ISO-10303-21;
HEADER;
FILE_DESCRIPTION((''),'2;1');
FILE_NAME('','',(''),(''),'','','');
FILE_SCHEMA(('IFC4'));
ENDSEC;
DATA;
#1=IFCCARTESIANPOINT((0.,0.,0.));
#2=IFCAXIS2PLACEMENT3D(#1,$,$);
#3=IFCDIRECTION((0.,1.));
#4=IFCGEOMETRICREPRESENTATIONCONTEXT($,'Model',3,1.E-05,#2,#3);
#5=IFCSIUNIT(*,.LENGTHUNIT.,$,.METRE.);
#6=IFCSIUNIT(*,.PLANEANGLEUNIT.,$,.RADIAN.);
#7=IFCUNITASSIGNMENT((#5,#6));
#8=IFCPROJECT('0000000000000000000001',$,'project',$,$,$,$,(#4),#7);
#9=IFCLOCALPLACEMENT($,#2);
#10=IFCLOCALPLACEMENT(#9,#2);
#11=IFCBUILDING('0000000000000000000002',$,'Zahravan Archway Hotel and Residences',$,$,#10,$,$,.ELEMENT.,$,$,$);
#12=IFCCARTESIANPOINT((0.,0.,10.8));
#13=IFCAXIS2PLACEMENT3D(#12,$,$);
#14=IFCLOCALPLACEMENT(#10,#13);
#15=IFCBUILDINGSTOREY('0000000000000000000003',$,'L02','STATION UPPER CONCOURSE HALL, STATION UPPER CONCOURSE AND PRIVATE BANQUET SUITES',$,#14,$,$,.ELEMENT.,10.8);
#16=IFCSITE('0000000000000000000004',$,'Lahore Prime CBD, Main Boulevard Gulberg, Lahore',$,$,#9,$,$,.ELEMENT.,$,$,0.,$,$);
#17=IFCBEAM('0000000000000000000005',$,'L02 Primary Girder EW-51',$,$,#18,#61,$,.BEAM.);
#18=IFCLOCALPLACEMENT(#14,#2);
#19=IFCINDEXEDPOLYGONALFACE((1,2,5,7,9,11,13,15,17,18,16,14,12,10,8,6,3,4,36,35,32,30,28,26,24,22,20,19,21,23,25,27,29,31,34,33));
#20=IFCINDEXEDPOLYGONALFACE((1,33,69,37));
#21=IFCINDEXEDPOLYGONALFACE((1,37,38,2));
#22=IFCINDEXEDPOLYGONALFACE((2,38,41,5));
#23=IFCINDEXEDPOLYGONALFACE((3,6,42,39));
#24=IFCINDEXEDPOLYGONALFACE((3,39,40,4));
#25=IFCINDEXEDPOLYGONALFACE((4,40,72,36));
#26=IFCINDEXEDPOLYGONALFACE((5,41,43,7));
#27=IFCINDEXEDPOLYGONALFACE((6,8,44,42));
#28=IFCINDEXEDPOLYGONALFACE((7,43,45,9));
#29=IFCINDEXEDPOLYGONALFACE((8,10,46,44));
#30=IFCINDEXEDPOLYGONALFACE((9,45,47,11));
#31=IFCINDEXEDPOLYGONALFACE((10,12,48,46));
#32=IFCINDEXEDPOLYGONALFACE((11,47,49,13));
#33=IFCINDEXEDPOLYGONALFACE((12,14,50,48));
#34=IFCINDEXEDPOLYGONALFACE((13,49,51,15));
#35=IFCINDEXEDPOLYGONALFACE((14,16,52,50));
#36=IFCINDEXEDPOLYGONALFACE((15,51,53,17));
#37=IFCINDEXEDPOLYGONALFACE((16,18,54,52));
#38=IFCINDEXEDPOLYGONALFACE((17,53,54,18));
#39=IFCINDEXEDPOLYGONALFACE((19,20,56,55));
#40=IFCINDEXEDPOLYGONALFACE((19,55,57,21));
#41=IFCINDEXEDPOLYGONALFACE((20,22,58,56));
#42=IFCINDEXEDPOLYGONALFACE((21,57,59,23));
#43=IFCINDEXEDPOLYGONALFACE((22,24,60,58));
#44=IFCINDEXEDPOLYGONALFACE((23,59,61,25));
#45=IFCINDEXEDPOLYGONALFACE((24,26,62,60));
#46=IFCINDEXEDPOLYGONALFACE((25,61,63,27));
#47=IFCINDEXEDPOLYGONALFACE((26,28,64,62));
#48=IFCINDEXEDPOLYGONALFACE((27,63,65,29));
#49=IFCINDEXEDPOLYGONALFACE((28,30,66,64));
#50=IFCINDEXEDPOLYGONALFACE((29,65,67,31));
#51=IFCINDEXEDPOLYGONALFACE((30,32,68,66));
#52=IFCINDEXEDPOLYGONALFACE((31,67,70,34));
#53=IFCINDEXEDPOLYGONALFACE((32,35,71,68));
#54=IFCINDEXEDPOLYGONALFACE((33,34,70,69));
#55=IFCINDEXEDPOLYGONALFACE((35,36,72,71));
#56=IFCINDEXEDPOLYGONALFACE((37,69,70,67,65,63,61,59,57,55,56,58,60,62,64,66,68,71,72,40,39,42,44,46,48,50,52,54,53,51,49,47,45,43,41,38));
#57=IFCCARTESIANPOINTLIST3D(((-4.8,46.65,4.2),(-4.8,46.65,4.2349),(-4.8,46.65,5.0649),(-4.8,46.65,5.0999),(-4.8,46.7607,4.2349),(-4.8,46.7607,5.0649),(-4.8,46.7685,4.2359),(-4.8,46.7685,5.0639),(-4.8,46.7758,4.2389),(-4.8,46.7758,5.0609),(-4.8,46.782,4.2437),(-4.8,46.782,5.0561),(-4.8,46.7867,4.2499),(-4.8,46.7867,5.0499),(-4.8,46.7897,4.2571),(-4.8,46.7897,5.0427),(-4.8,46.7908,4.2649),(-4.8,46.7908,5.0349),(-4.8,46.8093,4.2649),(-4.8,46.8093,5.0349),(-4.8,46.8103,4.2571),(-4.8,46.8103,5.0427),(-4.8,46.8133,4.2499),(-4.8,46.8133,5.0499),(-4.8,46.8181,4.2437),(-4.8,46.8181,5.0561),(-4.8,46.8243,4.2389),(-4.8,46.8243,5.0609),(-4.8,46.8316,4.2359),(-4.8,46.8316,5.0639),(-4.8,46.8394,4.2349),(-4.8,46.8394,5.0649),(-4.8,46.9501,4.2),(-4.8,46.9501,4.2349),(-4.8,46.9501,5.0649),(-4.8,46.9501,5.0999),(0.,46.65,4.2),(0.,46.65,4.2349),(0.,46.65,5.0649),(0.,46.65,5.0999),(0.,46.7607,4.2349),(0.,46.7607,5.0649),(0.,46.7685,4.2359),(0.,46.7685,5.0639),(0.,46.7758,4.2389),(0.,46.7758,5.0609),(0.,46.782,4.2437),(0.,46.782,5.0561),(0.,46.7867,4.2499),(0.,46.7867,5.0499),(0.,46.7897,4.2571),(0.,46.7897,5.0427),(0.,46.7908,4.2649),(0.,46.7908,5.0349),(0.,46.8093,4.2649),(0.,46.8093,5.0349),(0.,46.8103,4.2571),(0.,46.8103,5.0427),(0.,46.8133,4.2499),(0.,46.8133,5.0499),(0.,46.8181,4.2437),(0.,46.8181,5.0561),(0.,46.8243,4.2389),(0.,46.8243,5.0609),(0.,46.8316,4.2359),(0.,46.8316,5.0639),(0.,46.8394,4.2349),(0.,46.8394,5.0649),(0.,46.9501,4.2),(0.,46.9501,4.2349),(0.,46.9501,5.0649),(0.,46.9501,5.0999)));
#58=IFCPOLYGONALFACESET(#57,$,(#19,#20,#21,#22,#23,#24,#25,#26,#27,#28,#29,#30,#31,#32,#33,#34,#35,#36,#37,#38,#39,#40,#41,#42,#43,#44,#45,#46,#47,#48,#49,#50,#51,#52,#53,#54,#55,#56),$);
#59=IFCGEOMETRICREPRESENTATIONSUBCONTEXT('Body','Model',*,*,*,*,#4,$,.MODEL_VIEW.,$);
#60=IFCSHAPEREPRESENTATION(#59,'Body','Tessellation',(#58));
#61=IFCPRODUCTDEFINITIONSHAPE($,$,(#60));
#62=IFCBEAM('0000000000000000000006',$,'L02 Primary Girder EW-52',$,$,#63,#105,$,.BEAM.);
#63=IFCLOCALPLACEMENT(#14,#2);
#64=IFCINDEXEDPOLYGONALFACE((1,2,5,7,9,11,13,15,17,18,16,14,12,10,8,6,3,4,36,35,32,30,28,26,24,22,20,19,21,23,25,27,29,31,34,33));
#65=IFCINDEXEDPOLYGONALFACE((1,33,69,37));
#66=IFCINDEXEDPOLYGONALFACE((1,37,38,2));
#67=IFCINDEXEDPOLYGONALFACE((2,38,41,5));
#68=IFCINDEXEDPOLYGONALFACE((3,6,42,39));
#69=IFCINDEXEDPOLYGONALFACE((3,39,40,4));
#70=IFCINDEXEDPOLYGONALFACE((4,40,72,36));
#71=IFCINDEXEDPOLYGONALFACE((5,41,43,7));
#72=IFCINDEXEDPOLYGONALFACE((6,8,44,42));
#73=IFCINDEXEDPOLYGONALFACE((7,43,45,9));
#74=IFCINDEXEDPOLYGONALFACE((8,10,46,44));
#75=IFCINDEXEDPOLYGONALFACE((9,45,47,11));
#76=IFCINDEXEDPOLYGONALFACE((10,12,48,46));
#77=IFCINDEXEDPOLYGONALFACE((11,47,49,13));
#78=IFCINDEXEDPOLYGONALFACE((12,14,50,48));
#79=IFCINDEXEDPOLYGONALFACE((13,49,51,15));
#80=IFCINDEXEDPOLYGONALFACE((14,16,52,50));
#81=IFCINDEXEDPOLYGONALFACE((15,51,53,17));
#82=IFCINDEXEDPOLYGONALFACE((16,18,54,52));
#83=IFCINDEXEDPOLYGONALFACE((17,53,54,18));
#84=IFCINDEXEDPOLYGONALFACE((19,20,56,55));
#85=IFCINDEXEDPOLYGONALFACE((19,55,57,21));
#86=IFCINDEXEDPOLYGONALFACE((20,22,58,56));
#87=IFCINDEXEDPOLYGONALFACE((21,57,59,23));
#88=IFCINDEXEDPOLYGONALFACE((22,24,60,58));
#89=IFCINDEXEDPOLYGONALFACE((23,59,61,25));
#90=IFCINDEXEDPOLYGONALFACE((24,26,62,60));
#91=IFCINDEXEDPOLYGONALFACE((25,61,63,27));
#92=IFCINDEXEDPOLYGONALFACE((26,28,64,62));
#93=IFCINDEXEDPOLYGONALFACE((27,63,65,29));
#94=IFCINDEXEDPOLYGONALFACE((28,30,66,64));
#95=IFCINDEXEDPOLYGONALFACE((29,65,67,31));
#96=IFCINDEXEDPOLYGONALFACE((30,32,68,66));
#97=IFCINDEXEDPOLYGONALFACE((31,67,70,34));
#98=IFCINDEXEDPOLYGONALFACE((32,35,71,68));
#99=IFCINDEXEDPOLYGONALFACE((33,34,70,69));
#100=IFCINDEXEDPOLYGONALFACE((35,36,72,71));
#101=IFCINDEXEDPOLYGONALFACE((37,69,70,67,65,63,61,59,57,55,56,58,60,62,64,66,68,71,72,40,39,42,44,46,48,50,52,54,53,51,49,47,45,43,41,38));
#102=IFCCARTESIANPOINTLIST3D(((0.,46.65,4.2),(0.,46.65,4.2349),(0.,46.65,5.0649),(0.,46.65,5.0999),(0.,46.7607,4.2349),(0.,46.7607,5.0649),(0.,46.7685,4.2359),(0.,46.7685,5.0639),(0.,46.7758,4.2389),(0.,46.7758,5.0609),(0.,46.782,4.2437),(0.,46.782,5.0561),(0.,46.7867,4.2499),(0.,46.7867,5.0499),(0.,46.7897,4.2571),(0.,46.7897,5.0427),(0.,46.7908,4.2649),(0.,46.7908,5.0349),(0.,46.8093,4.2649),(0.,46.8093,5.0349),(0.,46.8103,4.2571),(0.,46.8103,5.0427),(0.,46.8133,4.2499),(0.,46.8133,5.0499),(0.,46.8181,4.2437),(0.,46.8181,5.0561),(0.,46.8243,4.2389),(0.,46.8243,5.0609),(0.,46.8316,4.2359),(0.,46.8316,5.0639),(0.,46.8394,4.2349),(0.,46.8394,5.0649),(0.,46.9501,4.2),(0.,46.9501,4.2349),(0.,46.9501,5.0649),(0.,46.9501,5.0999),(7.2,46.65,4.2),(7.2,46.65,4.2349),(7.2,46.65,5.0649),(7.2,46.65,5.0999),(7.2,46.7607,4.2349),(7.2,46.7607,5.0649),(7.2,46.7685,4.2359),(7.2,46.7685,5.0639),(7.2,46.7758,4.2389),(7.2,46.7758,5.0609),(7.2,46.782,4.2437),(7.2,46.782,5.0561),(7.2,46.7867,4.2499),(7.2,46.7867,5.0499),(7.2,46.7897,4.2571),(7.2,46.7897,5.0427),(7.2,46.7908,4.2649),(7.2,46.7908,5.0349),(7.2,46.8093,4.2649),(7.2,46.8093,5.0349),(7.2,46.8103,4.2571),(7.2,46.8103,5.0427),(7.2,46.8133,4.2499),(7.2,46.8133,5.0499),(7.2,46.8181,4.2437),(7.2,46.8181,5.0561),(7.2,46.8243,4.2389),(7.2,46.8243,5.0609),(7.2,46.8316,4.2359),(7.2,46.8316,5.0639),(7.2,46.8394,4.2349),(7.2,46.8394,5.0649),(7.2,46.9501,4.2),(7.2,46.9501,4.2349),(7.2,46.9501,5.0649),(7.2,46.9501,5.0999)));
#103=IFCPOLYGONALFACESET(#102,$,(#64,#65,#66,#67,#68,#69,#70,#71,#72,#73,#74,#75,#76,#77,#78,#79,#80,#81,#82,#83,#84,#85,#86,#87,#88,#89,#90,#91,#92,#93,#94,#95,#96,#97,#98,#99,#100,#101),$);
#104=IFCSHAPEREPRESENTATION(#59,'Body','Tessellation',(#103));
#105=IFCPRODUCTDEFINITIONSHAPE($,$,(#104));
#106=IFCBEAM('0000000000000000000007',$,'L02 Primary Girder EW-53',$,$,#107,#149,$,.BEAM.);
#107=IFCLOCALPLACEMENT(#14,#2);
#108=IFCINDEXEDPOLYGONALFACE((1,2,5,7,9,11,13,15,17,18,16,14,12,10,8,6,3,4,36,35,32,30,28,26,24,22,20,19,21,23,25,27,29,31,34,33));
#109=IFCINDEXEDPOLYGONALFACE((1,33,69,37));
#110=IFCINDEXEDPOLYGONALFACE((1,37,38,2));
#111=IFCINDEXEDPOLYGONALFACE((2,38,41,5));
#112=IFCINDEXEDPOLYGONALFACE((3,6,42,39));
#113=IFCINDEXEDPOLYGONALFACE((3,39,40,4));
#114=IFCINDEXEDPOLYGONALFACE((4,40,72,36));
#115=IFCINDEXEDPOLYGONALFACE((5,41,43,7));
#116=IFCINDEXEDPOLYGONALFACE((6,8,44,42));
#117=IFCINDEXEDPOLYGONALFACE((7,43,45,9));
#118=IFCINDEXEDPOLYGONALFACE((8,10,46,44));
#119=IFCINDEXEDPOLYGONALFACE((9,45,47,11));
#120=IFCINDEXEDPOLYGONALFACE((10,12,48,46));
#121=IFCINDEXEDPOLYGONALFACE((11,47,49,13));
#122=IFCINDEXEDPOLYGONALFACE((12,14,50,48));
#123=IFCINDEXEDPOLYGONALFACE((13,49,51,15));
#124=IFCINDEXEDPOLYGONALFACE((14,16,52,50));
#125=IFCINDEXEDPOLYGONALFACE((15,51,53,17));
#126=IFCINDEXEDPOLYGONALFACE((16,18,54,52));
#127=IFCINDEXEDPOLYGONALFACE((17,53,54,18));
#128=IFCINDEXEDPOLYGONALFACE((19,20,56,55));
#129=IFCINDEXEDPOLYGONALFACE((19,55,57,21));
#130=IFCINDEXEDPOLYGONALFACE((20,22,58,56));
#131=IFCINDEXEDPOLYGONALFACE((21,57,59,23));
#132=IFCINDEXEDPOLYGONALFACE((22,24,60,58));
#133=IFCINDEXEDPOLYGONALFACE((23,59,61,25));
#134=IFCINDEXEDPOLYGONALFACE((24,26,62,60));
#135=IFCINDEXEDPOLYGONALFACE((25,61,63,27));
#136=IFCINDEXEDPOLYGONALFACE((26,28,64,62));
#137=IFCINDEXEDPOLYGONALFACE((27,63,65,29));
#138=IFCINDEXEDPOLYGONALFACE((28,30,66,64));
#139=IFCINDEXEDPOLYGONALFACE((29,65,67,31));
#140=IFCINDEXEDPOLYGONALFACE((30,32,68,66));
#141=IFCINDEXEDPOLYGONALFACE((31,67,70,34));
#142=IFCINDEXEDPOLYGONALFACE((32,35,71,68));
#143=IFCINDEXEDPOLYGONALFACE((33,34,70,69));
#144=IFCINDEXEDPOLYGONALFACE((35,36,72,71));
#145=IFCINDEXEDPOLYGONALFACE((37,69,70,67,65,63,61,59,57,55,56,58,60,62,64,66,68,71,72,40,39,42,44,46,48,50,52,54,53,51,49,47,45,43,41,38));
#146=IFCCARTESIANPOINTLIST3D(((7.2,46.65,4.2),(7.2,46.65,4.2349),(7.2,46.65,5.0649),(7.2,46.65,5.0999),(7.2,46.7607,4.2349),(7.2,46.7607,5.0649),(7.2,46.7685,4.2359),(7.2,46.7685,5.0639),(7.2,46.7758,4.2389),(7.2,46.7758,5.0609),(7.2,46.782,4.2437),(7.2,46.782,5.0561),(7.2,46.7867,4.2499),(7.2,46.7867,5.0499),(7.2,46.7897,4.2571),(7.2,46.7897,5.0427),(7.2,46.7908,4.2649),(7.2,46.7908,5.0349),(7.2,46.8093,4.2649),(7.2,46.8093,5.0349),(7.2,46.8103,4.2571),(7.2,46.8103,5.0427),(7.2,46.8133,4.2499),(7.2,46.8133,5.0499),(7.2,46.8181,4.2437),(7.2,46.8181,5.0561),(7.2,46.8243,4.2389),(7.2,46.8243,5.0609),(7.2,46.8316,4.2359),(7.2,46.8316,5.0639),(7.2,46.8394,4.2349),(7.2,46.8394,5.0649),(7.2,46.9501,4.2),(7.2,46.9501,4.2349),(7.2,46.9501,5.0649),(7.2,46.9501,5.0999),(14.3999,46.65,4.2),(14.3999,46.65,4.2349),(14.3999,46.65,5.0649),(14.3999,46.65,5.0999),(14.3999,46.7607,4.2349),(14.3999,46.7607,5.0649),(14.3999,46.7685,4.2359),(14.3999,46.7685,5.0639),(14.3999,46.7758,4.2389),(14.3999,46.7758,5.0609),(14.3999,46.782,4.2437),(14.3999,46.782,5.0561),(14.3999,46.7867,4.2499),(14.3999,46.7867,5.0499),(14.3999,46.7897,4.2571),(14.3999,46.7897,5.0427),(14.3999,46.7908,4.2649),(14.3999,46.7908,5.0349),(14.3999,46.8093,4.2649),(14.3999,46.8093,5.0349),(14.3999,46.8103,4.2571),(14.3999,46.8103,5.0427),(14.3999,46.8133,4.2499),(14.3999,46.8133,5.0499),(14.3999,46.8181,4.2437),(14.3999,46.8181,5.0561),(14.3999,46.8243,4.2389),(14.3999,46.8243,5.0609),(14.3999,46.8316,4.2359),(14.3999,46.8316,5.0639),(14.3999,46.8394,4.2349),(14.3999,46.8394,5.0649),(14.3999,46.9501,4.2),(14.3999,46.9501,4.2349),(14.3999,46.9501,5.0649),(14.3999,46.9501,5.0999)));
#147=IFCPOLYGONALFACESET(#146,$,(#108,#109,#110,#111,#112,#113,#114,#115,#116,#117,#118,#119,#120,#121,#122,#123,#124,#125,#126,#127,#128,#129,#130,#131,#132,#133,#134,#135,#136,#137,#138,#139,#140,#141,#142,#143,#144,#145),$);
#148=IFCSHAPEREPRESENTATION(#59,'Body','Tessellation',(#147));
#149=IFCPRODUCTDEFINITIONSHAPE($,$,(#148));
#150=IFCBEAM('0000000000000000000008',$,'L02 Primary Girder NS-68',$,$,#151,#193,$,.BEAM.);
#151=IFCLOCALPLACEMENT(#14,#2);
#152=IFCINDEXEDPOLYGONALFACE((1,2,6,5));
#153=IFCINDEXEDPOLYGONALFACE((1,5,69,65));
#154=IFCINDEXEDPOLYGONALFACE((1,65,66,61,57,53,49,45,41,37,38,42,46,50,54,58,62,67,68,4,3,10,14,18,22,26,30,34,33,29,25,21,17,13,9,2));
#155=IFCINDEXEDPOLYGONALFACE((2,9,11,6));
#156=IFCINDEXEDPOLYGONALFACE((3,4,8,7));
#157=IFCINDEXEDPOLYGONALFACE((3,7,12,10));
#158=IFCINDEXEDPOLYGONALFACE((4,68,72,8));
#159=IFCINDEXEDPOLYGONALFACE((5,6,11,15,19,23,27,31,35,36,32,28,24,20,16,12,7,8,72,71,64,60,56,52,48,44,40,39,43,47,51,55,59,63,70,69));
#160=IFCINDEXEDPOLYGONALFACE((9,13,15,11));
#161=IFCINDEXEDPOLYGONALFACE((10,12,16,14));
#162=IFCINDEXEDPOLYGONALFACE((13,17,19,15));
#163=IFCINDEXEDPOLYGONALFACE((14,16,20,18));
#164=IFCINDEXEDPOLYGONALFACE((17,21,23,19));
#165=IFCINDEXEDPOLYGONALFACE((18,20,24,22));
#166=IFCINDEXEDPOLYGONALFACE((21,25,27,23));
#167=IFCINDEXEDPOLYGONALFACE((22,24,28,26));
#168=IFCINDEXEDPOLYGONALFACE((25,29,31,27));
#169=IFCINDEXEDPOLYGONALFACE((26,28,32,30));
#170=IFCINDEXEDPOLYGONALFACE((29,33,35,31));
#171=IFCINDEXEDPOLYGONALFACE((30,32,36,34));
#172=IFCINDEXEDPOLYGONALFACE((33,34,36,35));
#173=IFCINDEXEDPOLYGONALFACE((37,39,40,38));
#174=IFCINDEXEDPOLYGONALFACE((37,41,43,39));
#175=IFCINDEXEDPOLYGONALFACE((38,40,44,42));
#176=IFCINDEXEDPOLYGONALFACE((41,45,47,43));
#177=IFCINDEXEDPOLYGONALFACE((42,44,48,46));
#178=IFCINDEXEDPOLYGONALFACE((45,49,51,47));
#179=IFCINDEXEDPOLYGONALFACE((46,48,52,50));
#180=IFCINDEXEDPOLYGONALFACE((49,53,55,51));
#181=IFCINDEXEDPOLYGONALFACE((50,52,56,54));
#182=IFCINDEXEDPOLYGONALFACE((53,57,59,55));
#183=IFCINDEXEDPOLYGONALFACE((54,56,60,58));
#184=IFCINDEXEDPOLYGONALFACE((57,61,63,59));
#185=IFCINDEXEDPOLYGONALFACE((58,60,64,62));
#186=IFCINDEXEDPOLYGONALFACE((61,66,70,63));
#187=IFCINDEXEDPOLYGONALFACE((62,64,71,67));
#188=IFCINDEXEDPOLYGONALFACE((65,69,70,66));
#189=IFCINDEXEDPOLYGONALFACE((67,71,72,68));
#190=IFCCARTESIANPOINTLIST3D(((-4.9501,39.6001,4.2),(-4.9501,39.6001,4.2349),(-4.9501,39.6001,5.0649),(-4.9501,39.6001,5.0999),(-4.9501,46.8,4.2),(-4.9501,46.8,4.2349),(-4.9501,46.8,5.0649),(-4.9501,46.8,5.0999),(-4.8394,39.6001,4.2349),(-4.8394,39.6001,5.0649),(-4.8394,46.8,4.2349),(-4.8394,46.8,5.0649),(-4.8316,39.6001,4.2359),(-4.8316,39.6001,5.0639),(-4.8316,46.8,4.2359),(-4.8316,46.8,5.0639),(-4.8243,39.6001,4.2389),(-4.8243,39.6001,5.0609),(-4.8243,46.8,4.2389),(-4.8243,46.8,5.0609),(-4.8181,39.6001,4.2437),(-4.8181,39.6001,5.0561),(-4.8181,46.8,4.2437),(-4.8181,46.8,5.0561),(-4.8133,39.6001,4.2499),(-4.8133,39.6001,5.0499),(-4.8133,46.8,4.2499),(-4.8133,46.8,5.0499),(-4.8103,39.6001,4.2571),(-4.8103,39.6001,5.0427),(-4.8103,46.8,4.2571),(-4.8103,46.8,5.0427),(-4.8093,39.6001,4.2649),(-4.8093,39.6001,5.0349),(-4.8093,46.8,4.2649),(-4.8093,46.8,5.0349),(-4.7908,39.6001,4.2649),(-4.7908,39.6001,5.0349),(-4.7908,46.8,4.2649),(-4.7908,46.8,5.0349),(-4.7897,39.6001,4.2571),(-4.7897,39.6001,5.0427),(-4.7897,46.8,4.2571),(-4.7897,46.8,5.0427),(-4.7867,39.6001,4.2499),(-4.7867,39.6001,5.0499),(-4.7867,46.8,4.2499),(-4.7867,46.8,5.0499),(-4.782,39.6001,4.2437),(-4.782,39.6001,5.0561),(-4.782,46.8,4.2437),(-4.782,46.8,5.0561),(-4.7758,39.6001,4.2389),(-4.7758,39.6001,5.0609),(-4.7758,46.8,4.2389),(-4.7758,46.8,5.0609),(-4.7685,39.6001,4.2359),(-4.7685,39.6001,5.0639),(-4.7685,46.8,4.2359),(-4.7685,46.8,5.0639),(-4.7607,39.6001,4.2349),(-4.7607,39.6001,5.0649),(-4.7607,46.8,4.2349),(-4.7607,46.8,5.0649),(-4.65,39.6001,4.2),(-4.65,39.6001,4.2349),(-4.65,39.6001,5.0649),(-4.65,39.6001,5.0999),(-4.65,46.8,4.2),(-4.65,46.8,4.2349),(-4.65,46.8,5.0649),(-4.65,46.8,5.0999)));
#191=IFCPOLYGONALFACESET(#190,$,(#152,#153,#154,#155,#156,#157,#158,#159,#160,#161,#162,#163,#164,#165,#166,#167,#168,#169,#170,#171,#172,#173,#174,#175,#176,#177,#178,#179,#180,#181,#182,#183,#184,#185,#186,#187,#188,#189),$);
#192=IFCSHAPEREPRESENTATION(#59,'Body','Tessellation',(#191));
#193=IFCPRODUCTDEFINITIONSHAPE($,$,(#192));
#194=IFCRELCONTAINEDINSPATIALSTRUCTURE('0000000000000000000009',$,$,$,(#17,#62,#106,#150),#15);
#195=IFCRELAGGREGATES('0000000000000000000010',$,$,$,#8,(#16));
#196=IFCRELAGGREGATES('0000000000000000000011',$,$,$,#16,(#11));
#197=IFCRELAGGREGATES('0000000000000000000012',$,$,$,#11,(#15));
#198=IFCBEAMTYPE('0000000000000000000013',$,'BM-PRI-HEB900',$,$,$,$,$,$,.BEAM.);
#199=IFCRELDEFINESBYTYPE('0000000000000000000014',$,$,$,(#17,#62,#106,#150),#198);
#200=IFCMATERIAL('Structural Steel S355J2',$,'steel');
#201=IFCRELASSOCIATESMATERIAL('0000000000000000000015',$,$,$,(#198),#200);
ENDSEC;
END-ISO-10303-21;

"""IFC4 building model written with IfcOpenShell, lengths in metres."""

from ifc_helpers import new_model, si_unit, direction, frame, origin, origin_2d, place, context, subcontext, project, spatial, i_section, extrude, source, transform, mapped, material, material_profile, profile_set, type_object, type_shapes, element, save


model = new_model("IFC4")

# Units and contexts
model_context = context("Model", 3, precision=1e-05, world=origin(), true_north=direction((0.0, 1.0)))
body_context = subcontext(model_context, "Body", "Model", "MODEL_VIEW")
ifc_project = project(units=[si_unit("LENGTHUNIT", "METRE"), si_unit("PLANEANGLEUNIT", "RADIAN")], contexts=[model_context])

# Site, building, storey
site_placement = place(None, origin())
site = spatial("IfcSite", under=ifc_project, at=site_placement, Name="Lahore Prime CBD, Main Boulevard Gulberg, Lahore", CompositionType="ELEMENT", RefElevation=0.0)
building_placement = place(site_placement, origin())
building = spatial("IfcBuilding", under=site, at=building_placement, Name="Zahravan Archway Hotel and Residences", CompositionType="ELEMENT")
storey_placement = place(building_placement, frame((0.0, 0.0, 10.8)))
storey = spatial("IfcBuildingStorey", under=building, at=storey_placement, Name="L02", Description="STATION UPPER CONCOURSE HALL, STATION UPPER CONCOURSE AND PRIVATE BANQUET SUITES", CompositionType="ELEMENT", Elevation=10.8)

# Beams
ifc_material_1 = material(Name="Structural Steel S355J2", Category="steel")
ifc_material_profile_1 = material_profile(ifc_material_1, i_section(OverallWidth=0.3, OverallDepth=0.8999, WebThickness=0.0186, FlangeThickness=0.0349, FilletRadius=0.03, at=origin_2d()), Name="HEB 900", Category="steel")
ifc_profile_set_1 = profile_set([ifc_material_profile_1], Name="Structural Steel S355J2")
beam_type_1 = type_object("IfcBeamType", Name="BM-PRI-HEB900", PredefinedType="BEAM", material=ifc_profile_set_1)
shared_shape_1 = source(origin(), body_context, "Body", "SweptSolid", [
    extrude(i_section(OverallWidth=0.3, OverallDepth=0.8999, WebThickness=0.0186, FlangeThickness=0.0349, FilletRadius=0.03, at=origin_2d()), origin(), (0.0, 0.0, 1.0), 4.8),
])
type_shapes(beam_type_1, [shared_shape_1])
for number, where, z_axis, x_axis, name in (
    (1, (-4.8, 46.8, 4.6499), (1.0, 0.0, 0.0), (0.0, 1.0, 0.0), "L02 Primary Girder EW-51"),
):
    element("IfcBeam", number, at=place(storey_placement, frame(where, z_axis=z_axis, x_axis=x_axis)), inside=storey, type_object=beam_type_1, Name=name, PredefinedType="BEAM", context=body_context, shape_type="MappedRepresentation", body=[
        mapped(shared_shape_1, transform((0.0, 0.0, 0.0), scale=1.0)),
    ])
shared_shape_2 = source(origin(), body_context, "Body", "SweptSolid", [
    extrude(i_section(OverallWidth=0.3, OverallDepth=0.8999, WebThickness=0.0186, FlangeThickness=0.0349, FilletRadius=0.03, at=origin_2d()), origin(), (0.0, 0.0, 1.0), 7.2),
])
for number, where, z_axis, x_axis, name in (
    (2, (0.0, 46.8, 4.6499), (1.0, 0.0, 0.0), (0.0, 1.0, 0.0), "L02 Primary Girder EW-52"),
    (3, (7.2, 46.8, 4.6499), (1.0, 0.0, 0.0), (0.0, 1.0, 0.0), "L02 Primary Girder EW-53"),
    (4, (-4.8, 39.6001, 4.6499), (0.0, 1.0, 0.0), (-1.0, 0.0, 0.0), "L02 Primary Girder NS-68"),
):
    element("IfcBeam", number, at=place(storey_placement, frame(where, z_axis=z_axis, x_axis=x_axis)), inside=storey, type_object=beam_type_1, Name=name, PredefinedType="BEAM", context=body_context, shape_type="MappedRepresentation", body=[
        mapped(shared_shape_2, transform((0.0, 0.0, 0.0), scale=1.0)),
    ])

save(model, "model.ifc")
